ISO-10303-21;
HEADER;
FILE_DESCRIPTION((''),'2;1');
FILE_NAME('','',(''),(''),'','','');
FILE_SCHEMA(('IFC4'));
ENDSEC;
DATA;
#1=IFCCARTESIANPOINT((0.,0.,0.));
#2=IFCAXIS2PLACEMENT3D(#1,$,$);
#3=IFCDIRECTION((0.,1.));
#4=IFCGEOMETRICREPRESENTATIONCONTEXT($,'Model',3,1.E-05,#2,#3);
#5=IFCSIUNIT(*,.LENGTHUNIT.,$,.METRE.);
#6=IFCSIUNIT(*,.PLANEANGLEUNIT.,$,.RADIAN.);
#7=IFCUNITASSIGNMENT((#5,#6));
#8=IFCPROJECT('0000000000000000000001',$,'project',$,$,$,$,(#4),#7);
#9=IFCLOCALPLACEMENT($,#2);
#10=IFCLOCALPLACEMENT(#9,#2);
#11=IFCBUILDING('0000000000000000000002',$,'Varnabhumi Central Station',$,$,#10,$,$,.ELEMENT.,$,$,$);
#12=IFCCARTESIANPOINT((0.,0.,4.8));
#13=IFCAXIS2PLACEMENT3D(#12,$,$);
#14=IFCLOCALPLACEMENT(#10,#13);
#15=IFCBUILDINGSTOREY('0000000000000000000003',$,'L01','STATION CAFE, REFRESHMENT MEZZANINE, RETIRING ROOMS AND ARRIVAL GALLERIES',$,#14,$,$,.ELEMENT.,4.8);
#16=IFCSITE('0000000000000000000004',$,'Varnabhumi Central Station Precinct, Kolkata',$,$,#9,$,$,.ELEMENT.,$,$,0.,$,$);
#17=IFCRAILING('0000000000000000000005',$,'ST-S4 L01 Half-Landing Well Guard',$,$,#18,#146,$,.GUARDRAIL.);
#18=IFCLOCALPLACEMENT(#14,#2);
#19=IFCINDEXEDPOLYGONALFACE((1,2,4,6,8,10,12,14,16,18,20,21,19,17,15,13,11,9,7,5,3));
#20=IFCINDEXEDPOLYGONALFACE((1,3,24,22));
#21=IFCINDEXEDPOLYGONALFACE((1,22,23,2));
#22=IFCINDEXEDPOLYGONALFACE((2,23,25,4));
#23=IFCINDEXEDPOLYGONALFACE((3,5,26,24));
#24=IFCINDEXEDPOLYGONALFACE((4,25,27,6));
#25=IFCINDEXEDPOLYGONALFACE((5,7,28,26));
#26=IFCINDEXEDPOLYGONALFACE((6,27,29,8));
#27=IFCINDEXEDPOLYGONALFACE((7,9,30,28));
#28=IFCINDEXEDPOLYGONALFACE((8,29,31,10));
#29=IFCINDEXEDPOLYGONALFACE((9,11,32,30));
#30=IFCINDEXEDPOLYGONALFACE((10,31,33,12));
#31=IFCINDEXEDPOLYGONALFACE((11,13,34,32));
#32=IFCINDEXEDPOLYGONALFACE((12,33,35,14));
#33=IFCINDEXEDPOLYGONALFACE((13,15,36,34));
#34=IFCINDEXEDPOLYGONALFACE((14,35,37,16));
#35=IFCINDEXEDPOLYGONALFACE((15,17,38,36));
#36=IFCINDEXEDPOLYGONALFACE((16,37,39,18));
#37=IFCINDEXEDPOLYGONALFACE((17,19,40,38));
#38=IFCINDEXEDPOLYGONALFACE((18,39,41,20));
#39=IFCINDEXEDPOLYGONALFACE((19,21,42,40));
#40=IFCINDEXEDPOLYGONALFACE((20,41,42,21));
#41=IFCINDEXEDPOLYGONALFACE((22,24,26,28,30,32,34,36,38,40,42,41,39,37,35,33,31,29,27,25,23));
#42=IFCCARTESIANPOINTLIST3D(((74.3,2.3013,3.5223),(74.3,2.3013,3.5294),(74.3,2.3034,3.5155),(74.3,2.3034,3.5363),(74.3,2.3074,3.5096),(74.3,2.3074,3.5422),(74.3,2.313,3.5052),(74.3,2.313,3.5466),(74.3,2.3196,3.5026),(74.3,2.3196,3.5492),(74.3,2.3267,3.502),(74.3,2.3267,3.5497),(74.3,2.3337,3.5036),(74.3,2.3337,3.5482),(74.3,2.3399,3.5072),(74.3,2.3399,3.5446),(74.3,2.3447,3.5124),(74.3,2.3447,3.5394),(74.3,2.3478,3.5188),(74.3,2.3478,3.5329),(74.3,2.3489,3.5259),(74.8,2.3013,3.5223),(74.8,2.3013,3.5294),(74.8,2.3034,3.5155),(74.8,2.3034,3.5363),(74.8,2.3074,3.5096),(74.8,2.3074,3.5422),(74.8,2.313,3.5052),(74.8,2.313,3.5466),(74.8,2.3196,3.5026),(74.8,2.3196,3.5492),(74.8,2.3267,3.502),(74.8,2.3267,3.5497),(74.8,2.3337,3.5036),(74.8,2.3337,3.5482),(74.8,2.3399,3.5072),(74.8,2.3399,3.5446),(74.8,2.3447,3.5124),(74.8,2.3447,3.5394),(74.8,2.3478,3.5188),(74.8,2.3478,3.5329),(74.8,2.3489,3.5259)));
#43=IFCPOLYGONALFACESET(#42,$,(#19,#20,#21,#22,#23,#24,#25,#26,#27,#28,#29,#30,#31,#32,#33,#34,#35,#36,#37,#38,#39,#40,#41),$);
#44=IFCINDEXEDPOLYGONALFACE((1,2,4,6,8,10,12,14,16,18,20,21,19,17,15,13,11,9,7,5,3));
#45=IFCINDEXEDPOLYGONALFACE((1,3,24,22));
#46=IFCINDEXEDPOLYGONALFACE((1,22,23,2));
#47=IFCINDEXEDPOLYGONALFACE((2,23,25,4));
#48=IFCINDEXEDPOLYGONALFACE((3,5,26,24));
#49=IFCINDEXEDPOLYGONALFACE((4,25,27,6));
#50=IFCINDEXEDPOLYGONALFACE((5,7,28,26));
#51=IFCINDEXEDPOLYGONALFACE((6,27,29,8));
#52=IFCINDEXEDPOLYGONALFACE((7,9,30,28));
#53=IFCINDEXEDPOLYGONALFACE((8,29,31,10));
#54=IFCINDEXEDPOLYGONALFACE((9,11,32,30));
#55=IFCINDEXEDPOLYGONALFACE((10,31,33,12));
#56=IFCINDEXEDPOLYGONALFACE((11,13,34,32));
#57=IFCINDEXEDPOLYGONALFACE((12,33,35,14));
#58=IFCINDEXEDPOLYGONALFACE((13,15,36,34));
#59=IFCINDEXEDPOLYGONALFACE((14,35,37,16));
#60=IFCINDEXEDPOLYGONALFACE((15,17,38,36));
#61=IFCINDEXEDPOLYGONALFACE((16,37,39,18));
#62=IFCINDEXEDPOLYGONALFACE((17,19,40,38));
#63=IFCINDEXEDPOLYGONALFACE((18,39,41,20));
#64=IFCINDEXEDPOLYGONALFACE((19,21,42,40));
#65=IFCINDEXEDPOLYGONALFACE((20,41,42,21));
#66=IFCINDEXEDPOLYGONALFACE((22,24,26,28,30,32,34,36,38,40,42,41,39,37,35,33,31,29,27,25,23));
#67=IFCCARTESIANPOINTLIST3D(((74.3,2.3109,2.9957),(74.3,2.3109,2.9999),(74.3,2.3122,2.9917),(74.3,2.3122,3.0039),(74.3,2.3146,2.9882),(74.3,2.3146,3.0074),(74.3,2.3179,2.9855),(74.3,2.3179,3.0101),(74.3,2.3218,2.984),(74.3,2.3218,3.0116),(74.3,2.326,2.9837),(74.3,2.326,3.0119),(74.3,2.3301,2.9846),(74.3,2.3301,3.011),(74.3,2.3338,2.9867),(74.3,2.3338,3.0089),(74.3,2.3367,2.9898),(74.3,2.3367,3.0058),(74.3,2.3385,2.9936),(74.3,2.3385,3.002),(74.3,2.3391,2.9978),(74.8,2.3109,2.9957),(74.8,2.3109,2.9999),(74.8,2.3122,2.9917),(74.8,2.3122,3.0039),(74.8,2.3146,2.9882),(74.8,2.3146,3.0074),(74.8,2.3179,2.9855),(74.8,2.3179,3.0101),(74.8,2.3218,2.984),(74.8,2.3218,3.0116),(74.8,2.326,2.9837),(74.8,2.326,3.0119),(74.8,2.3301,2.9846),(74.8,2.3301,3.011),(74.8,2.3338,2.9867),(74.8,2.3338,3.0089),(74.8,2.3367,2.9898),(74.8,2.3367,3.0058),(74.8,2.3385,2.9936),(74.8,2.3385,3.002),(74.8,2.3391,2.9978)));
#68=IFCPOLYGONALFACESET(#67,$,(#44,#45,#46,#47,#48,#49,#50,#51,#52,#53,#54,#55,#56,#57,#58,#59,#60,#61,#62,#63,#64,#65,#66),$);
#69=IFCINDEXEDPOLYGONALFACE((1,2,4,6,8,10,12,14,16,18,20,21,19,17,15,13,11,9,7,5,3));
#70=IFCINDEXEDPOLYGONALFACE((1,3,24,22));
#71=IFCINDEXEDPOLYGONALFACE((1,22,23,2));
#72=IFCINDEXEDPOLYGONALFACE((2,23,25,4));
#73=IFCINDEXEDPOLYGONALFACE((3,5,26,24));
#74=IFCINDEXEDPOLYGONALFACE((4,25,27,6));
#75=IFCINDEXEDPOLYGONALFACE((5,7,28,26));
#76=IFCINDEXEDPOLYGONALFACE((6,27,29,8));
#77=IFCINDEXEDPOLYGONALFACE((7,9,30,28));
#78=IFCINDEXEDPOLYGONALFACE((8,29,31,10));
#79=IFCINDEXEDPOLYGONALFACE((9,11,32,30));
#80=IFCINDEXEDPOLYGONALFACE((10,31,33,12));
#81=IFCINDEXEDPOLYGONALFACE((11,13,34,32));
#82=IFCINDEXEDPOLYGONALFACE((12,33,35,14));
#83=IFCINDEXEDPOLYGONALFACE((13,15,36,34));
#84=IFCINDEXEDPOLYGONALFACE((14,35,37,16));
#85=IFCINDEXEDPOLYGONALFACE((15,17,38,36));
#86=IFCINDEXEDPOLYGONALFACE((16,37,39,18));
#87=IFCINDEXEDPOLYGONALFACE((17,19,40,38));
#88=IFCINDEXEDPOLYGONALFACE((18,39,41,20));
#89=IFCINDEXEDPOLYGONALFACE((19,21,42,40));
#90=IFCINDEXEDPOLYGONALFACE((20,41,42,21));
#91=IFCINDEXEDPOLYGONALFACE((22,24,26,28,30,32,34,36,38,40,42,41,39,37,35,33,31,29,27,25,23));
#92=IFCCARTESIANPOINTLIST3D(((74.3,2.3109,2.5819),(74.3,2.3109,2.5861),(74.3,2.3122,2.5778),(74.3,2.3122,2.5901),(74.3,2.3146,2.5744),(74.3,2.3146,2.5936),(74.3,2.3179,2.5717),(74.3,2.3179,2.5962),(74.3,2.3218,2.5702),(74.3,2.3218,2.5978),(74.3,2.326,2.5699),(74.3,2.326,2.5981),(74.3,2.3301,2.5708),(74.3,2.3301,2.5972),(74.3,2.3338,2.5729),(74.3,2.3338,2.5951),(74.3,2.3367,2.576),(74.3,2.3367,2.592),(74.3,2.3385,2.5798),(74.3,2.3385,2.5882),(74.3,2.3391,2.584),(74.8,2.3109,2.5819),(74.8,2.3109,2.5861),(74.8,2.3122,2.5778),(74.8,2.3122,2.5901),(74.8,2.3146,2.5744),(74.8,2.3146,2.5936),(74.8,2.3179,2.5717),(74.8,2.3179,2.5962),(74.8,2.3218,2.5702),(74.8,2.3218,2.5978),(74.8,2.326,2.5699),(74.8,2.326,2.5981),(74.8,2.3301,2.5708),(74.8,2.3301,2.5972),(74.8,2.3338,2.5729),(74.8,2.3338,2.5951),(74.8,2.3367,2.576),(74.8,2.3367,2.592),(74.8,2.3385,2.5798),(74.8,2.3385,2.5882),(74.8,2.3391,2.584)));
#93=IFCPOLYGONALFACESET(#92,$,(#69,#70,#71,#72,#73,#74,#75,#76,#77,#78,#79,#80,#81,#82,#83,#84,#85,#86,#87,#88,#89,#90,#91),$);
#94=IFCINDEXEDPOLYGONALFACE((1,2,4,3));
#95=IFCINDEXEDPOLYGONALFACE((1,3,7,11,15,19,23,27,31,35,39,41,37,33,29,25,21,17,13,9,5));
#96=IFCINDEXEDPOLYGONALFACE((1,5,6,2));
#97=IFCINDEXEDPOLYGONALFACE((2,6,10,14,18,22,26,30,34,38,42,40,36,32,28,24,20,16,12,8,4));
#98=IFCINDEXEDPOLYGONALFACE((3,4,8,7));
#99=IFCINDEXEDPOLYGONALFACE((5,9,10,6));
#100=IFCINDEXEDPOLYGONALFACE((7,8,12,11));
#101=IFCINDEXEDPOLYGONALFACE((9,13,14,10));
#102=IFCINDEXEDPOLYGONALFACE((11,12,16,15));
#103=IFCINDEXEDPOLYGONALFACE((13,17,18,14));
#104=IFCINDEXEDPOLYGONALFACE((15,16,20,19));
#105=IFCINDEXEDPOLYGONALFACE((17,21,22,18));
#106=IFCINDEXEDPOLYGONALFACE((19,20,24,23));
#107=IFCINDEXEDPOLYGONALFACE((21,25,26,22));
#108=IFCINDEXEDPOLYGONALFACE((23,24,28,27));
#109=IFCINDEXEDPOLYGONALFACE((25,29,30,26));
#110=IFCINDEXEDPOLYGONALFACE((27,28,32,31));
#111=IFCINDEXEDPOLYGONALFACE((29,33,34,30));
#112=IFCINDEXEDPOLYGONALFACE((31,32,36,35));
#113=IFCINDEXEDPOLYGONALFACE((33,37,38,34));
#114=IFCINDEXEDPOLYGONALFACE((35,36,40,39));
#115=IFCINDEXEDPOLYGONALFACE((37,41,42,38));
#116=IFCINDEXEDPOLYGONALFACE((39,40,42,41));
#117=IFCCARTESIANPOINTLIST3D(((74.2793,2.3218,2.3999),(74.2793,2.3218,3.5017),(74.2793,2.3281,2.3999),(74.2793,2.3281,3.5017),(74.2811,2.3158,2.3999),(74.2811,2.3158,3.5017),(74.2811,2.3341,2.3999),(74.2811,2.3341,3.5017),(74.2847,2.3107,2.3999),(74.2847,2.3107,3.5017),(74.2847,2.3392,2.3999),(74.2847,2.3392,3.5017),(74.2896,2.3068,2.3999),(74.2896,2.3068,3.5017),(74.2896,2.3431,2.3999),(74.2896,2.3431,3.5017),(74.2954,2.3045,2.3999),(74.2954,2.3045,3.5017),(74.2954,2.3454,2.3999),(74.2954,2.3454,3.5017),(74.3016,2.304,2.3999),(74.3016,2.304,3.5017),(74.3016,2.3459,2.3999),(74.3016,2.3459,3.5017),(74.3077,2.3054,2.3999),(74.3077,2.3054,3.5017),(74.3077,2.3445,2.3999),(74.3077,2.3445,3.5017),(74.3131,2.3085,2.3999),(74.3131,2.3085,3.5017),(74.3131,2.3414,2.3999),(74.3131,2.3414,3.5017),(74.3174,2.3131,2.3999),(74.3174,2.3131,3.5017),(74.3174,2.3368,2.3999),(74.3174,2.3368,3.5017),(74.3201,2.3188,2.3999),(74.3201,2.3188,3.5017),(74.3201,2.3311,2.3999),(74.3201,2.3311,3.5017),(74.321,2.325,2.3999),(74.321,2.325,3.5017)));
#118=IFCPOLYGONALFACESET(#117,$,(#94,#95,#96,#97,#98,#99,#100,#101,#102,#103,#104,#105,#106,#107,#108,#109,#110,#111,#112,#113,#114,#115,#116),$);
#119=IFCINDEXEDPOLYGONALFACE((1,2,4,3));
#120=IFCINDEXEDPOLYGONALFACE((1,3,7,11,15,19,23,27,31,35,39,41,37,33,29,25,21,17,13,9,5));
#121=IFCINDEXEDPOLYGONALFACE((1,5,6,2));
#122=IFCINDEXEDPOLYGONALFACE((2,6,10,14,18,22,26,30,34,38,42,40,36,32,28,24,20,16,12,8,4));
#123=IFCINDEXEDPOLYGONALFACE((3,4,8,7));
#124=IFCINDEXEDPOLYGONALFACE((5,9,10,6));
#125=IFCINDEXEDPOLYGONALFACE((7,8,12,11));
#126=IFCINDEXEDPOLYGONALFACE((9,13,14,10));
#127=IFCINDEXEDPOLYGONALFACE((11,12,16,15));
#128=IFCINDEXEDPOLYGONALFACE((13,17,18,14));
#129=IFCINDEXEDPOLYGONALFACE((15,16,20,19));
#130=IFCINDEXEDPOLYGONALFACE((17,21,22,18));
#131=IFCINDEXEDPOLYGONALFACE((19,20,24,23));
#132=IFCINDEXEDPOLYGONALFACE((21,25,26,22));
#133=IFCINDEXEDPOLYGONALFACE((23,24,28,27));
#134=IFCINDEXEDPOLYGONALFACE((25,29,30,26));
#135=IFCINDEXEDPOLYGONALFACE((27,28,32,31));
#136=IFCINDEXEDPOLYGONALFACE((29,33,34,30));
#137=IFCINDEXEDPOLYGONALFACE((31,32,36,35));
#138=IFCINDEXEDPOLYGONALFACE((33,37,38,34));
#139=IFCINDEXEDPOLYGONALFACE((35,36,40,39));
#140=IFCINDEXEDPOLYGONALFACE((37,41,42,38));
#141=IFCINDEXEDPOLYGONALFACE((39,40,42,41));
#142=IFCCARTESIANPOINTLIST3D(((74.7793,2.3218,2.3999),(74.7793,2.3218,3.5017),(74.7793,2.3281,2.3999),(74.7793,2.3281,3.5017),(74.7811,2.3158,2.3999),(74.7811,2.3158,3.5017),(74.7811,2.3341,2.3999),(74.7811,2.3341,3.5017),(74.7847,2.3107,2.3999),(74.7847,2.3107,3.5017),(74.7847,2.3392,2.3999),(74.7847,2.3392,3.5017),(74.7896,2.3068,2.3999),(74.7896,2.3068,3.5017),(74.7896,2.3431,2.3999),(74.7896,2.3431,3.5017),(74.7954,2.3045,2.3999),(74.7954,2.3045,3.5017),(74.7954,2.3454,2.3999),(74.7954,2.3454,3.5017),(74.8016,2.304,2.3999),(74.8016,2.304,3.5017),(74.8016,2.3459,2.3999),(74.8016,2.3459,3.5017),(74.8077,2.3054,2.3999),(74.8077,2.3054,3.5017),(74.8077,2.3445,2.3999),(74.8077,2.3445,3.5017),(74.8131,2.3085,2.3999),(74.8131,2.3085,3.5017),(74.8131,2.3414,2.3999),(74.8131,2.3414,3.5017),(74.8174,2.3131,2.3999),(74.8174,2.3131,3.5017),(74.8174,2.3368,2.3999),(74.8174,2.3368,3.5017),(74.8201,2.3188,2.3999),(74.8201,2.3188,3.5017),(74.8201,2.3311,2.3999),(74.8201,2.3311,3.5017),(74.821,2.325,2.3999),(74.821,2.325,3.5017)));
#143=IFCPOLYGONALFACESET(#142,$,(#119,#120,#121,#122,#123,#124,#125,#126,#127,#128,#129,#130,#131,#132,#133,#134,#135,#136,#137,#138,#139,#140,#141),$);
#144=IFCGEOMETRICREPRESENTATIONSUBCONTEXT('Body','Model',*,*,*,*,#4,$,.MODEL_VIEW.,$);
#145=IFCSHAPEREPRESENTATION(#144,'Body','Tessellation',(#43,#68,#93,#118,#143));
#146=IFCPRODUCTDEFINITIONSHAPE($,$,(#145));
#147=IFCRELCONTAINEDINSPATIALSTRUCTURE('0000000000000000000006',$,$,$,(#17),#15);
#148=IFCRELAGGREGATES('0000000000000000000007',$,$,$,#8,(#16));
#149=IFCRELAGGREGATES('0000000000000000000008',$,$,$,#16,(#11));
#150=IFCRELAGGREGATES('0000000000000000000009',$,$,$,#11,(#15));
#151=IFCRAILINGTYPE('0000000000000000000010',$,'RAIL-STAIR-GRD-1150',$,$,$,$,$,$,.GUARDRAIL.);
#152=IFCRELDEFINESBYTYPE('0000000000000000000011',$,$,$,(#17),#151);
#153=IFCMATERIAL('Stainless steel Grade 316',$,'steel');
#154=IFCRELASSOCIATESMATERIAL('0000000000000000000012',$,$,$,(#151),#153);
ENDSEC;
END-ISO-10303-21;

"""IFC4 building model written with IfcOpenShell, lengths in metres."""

from ifc_helpers import new_model, si_unit, direction, frame, origin, origin_2d, place, context, subcontext, project, spatial, circle, extrude, material, type_object, element, save


model = new_model("IFC4")

# Units and contexts
model_context = context("Model", 3, precision=1e-05, world=origin(), true_north=direction((0.0, 1.0)))
body_context = subcontext(model_context, "Body", "Model", "MODEL_VIEW")
ifc_project = project(units=[si_unit("LENGTHUNIT", "METRE"), si_unit("PLANEANGLEUNIT", "RADIAN")], contexts=[model_context])

# Site, building, storey
site_placement = place(None, origin())
site = spatial("IfcSite", under=ifc_project, at=site_placement, Name="Varnabhumi Central Station Precinct, Kolkata", CompositionType="ELEMENT", RefElevation=0.0)
building_placement = place(site_placement, origin())
building = spatial("IfcBuilding", under=site, at=building_placement, Name="Varnabhumi Central Station", CompositionType="ELEMENT")
storey_placement = place(building_placement, frame((0.0, 0.0, 4.8)))
storey = spatial("IfcBuildingStorey", under=building, at=storey_placement, Name="L01", Description="STATION CAFE, REFRESHMENT MEZZANINE, RETIRING ROOMS AND ARRIVAL GALLERIES", CompositionType="ELEMENT", Elevation=4.8)

# Railing
ifc_material_1 = material(Name="Stainless steel Grade 316", Category="steel")
railing_type_1 = type_object("IfcRailingType", Name="RAIL-STAIR-GRD-1150", PredefinedType="GUARDRAIL", material=ifc_material_1)
for number, where, name in (
    (1, (74.3, 2.325, 2.3999), "ST-S4 L01 Half-Landing Well Guard"),
):
    element("IfcRailing", number, at=place(storey_placement, frame(where)), inside=storey, type_object=railing_type_1, Name=name, PredefinedType="GUARDRAIL", context=body_context, shape_type="SweptSolid", body=[
        extrude(circle(Radius=0.0239, at=origin_2d()), frame((0.0, 0.0, 1.126), z_axis=(1.0, 0.0, 0.0), x_axis=(0.0, 1.0, 0.0)), (0.0, 0.0, 1.0), 0.5),
        extrude(circle(Radius=0.0142, at=origin_2d()), frame((0.0, 0.0, 0.5979), z_axis=(1.0, 0.0, 0.0), x_axis=(0.0, 1.0, 0.0)), (0.0, 0.0, 1.0), 0.5),
        extrude(circle(Radius=0.0142, at=origin_2d()), frame((0.0, 0.0, 0.1841), z_axis=(1.0, 0.0, 0.0), x_axis=(0.0, 1.0, 0.0)), (0.0, 0.0, 1.0), 0.5),
        extrude(circle(Radius=0.021, at=origin_2d()), origin(), (0.0, 0.0, 1.0), 1.1018),
        extrude(circle(Radius=0.021, at=origin_2d()), frame((0.5, 0.0, 0.0)), (0.0, 0.0, 1.0), 1.1018),
    ])

save(model, "model.ifc")
